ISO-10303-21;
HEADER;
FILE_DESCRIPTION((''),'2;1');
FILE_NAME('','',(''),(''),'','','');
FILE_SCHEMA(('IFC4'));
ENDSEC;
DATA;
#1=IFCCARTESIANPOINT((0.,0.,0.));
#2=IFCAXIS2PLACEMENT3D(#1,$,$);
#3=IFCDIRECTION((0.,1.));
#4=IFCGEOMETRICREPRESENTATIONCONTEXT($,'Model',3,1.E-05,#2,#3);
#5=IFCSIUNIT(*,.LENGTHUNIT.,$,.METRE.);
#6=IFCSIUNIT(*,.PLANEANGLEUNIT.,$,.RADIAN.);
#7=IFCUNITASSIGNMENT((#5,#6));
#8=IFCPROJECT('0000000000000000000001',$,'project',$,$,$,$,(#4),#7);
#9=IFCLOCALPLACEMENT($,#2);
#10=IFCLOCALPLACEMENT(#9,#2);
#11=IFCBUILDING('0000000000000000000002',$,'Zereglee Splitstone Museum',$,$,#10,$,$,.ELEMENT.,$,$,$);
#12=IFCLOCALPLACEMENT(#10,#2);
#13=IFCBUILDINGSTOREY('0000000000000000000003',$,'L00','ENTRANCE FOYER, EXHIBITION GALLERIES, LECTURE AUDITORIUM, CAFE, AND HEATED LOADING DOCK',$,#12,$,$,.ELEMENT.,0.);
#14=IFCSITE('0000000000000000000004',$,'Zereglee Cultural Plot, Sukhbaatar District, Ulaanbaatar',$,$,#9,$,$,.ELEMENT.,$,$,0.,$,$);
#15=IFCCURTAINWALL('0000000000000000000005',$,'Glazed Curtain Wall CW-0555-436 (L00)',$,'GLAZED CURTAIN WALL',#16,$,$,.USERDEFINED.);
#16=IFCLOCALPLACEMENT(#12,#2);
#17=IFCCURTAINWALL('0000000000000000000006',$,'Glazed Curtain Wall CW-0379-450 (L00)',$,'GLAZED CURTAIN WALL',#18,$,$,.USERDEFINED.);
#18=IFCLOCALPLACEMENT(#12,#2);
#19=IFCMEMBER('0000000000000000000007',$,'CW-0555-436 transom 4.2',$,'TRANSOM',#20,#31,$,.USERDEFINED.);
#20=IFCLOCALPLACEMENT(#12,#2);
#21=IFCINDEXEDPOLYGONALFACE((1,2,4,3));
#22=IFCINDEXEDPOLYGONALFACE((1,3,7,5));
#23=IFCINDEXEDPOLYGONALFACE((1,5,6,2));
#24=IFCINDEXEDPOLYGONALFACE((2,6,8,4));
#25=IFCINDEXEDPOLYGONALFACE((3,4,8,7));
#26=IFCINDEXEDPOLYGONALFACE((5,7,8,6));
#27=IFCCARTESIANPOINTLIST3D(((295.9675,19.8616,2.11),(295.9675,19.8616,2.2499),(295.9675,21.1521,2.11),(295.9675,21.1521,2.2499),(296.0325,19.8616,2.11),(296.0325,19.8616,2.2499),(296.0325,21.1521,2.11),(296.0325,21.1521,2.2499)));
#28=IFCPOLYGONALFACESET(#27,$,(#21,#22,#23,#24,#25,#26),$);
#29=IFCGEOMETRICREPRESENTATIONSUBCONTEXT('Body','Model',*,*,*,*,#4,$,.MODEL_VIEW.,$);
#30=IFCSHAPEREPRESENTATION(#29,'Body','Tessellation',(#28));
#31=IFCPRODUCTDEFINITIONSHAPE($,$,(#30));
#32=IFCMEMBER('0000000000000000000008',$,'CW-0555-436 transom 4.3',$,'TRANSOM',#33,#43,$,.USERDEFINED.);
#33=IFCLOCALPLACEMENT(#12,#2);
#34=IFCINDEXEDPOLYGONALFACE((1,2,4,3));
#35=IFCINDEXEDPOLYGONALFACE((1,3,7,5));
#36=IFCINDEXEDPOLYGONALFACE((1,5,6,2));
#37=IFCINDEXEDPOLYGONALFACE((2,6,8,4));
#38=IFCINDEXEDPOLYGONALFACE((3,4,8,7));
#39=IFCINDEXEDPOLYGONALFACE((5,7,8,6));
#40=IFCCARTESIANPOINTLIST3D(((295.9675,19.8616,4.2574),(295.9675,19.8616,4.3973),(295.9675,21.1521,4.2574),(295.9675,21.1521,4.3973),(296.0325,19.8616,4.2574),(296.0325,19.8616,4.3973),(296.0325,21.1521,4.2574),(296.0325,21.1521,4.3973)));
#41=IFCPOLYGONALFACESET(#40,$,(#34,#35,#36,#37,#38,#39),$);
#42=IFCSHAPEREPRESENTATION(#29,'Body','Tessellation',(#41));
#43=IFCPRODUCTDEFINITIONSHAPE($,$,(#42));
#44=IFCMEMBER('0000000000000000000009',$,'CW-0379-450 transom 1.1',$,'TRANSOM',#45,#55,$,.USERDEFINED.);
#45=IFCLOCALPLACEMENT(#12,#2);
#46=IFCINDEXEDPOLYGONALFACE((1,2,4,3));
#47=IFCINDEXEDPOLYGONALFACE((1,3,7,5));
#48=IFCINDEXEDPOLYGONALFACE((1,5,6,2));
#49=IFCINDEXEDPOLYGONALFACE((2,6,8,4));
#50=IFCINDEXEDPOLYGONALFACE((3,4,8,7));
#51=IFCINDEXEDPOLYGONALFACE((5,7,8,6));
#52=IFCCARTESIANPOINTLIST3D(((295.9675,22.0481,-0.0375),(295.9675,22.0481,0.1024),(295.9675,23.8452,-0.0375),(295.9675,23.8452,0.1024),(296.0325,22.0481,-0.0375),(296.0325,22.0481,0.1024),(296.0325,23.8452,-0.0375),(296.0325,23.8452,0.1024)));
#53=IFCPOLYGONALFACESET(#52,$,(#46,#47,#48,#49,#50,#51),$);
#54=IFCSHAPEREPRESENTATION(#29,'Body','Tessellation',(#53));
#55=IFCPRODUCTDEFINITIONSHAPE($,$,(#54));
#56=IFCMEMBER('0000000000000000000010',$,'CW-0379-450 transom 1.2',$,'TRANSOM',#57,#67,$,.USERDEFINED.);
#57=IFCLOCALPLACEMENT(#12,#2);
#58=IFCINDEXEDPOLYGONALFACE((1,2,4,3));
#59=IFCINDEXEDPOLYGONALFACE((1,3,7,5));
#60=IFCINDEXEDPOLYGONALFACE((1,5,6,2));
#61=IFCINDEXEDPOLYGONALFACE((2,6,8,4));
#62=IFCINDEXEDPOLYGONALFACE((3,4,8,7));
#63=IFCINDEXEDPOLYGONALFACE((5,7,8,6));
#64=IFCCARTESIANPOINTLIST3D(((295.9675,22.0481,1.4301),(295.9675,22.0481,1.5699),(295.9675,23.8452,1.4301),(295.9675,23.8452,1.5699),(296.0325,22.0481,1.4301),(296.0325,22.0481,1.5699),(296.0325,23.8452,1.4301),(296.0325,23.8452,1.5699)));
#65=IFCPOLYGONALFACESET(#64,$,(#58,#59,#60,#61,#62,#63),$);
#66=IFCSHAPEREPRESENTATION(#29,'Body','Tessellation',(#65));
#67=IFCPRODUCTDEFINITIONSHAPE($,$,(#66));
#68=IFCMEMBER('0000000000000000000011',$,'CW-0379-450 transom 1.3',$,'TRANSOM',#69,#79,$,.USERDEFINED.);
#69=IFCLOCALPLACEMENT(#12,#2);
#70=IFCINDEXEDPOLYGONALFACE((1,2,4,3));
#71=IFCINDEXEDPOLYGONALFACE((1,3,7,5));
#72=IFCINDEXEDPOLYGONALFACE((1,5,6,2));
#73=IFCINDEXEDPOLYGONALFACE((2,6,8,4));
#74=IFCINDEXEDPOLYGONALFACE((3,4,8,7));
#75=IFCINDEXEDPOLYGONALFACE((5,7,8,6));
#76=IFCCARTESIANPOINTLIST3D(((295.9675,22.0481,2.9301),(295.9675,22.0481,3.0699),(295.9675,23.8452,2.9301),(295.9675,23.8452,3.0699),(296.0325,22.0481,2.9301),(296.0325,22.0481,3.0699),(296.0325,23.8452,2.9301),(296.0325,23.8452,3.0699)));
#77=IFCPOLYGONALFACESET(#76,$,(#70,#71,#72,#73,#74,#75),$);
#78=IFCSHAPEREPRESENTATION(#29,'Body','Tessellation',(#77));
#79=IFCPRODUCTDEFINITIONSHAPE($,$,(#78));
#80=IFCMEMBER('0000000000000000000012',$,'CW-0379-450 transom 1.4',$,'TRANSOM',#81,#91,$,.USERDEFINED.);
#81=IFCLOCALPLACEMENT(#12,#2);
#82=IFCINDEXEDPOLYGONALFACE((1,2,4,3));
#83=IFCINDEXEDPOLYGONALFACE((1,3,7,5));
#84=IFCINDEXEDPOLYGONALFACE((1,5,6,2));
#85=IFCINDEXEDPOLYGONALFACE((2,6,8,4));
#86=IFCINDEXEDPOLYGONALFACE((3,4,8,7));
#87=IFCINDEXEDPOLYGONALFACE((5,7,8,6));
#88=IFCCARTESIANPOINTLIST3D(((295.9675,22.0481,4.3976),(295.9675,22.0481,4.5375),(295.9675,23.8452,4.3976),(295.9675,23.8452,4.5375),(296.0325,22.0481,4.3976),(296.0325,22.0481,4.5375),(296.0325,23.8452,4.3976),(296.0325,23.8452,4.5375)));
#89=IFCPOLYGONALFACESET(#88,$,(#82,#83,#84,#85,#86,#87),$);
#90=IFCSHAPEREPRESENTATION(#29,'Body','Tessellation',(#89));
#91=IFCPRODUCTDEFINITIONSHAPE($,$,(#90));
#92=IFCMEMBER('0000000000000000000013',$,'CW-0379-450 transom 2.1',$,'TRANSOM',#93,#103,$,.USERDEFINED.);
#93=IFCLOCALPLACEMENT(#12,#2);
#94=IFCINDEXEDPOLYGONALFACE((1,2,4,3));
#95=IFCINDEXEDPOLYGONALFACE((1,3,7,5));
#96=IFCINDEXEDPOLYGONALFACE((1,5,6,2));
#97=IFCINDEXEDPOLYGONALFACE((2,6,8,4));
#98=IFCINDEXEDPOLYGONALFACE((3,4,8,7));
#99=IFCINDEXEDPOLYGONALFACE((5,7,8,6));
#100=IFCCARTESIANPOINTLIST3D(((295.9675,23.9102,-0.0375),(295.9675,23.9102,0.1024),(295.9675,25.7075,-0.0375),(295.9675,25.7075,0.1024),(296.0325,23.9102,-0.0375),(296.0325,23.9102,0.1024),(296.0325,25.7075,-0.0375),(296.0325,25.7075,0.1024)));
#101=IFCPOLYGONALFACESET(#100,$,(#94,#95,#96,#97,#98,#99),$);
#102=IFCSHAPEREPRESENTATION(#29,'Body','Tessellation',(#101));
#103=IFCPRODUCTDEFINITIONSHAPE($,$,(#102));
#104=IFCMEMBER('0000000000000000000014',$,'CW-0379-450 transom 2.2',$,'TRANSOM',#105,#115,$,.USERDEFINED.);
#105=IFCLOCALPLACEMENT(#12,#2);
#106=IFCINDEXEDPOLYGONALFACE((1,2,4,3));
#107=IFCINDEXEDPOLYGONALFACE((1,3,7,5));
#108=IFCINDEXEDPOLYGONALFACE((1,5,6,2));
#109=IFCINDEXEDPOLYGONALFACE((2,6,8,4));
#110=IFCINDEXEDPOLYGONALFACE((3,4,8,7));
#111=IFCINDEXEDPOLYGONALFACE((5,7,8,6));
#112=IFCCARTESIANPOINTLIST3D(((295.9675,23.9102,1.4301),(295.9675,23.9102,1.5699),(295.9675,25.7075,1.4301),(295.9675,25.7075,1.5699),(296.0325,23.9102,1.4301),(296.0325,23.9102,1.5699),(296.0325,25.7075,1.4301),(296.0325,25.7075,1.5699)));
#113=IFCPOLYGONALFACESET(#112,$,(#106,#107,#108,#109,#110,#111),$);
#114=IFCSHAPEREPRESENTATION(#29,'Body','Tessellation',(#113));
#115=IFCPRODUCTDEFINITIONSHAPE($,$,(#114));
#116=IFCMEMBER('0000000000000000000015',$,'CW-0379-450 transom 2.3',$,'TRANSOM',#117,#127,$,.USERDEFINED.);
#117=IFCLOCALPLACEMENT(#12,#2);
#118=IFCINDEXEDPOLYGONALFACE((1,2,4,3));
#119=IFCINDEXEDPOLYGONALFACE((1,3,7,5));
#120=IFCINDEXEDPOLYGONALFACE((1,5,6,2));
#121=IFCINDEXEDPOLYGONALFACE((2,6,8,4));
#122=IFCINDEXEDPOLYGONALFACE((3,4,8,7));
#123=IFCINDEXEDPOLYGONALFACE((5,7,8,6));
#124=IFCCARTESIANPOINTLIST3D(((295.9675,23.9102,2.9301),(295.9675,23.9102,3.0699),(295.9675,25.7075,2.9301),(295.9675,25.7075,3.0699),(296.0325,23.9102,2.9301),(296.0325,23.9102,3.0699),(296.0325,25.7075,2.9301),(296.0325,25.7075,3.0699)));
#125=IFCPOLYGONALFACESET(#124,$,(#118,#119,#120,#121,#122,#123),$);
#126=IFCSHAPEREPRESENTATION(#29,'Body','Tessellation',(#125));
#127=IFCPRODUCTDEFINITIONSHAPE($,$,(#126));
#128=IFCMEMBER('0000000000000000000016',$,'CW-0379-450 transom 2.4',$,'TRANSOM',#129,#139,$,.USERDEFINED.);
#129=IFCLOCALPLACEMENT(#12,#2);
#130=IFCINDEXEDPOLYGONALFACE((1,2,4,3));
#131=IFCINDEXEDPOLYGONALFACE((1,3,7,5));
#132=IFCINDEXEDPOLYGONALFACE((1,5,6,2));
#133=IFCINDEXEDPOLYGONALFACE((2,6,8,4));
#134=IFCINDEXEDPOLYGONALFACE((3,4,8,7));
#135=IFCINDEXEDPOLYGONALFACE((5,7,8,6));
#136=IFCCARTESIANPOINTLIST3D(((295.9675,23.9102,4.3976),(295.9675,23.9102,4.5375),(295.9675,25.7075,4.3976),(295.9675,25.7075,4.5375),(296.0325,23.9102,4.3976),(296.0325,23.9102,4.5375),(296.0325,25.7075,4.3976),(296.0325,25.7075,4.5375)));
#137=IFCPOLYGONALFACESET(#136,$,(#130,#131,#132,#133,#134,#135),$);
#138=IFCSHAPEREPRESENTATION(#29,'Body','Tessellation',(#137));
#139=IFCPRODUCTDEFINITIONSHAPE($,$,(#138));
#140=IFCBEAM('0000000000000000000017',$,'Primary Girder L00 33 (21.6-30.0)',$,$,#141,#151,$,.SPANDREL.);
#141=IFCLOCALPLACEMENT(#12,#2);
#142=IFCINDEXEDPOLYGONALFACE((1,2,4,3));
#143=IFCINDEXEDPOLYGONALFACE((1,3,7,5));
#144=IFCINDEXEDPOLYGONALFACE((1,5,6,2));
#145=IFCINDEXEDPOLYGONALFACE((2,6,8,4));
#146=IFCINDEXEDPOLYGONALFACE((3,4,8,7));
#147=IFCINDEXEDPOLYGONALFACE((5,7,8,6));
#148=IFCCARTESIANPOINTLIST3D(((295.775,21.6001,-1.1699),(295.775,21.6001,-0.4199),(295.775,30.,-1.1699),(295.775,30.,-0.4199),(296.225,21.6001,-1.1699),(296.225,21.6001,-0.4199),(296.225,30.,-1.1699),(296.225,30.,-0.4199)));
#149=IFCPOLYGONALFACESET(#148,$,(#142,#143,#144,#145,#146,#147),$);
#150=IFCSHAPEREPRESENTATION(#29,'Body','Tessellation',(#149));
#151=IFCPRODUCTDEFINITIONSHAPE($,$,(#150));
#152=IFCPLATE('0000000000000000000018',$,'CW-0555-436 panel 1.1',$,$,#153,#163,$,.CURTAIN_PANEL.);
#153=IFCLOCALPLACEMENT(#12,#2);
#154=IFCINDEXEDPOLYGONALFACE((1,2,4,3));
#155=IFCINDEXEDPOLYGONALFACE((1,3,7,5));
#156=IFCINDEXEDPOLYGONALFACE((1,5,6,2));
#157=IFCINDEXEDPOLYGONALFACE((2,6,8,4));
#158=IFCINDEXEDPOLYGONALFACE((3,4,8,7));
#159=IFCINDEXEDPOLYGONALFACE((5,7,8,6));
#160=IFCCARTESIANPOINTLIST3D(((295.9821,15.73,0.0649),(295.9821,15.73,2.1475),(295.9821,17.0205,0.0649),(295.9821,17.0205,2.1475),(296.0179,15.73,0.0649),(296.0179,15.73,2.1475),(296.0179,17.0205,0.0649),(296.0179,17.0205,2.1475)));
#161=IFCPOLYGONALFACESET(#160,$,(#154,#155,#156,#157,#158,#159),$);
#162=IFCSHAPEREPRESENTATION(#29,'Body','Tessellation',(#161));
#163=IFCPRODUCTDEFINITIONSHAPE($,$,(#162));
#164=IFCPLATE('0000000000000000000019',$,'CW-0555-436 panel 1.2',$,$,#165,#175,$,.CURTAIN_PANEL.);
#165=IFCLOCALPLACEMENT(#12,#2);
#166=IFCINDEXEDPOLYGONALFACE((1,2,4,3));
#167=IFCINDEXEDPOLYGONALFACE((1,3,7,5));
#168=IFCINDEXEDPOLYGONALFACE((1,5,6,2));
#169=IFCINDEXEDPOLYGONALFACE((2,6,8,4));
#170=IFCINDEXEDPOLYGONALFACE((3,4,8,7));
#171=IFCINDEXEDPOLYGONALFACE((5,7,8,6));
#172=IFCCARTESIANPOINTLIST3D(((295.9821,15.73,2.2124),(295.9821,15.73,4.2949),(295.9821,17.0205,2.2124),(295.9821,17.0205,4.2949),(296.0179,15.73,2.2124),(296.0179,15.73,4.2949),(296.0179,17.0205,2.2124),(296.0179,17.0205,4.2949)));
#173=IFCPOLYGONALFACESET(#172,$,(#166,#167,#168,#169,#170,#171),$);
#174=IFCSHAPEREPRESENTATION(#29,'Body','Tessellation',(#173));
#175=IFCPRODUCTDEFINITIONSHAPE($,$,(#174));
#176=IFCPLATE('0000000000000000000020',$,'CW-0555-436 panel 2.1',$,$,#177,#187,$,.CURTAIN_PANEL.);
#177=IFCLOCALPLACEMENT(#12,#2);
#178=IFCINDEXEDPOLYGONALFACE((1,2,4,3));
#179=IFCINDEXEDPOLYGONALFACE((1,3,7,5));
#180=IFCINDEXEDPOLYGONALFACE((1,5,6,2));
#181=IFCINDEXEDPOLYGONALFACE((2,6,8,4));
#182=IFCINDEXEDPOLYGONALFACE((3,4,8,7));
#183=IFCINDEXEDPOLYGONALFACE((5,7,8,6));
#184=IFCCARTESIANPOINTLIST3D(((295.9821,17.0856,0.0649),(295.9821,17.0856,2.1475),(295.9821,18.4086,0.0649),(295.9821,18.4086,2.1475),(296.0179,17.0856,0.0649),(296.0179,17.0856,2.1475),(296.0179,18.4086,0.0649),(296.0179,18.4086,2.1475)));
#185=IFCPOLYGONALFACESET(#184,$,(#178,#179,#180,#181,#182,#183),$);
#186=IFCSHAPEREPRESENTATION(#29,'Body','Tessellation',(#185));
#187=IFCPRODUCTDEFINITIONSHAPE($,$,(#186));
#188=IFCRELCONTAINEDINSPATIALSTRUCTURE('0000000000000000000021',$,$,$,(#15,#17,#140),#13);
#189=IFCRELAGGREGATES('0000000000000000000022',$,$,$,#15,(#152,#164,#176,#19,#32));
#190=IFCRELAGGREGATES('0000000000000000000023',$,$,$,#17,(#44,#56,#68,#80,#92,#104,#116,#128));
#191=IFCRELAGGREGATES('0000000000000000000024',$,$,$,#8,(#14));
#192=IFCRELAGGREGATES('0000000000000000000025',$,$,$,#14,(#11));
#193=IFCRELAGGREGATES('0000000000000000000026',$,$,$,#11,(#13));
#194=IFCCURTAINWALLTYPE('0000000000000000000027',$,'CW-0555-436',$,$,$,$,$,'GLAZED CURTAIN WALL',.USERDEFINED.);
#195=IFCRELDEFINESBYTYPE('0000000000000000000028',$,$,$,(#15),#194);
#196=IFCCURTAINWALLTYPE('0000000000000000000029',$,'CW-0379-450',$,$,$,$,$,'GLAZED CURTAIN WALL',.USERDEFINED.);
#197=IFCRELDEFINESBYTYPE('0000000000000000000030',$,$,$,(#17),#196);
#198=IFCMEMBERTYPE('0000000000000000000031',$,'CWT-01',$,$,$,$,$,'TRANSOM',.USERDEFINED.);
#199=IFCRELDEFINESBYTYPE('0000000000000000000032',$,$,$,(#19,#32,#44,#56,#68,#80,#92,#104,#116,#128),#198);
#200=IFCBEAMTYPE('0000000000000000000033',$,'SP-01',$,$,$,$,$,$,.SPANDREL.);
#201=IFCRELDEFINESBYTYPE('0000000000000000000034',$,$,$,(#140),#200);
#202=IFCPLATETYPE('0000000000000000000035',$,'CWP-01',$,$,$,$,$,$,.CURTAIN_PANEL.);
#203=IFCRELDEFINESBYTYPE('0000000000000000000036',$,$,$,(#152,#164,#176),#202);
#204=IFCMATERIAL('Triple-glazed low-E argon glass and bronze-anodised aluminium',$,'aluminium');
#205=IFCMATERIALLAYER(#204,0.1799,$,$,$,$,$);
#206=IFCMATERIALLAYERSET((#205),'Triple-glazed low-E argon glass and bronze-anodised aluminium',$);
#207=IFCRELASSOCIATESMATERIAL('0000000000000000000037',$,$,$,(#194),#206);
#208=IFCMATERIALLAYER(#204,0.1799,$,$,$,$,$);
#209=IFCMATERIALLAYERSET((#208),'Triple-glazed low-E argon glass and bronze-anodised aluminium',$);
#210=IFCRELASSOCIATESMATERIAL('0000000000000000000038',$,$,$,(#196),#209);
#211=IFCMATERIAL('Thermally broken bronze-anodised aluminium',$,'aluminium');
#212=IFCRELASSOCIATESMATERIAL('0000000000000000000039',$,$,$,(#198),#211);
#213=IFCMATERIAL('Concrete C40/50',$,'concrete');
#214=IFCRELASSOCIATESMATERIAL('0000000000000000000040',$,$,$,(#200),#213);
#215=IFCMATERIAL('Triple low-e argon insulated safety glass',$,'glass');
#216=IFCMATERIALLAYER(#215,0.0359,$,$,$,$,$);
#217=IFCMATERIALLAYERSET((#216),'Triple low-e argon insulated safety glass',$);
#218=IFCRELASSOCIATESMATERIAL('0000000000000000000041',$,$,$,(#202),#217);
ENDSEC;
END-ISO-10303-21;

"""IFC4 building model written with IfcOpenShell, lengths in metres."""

from ifc_helpers import new_model, si_unit, direction, frame, origin, origin_2d, place, context, subcontext, project, spatial, rectangle, extrude, material, layer, layer_set, material_profile, profile_set, type_object, element, aggregate, save


model = new_model("IFC4")

# Units and contexts
model_context = context("Model", 3, precision=1e-05, world=origin(), true_north=direction((0.0, 1.0)))
body_context = subcontext(model_context, "Body", "Model", "MODEL_VIEW")
ifc_project = project(units=[si_unit("LENGTHUNIT", "METRE"), si_unit("PLANEANGLEUNIT", "RADIAN")], contexts=[model_context])

# Site, building, storey
site_placement = place(None, origin())
site = spatial("IfcSite", under=ifc_project, at=site_placement, Name="Zereglee Cultural Plot, Sukhbaatar District, Ulaanbaatar", CompositionType="ELEMENT", RefElevation=0.0)
building_placement = place(site_placement, origin())
building = spatial("IfcBuilding", under=site, at=building_placement, Name="Zereglee Splitstone Museum", CompositionType="ELEMENT")
storey_placement = place(building_placement, origin())
storey = spatial("IfcBuildingStorey", under=building, at=storey_placement, Name="L00", Description="ENTRANCE FOYER, EXHIBITION GALLERIES, LECTURE AUDITORIUM, CAFE, AND HEATED LOADING DOCK", CompositionType="ELEMENT", Elevation=0.0)

# Curtain walls
ifc_material_1 = material(Name="Triple-glazed low-E argon glass and bronze-anodised aluminium", Category="aluminium")
ifc_layer_1 = layer(ifc_material_1, 0.1799)
ifc_layer_set_1 = layer_set([ifc_layer_1], Name="Triple-glazed low-E argon glass and bronze-anodised aluminium")
curtain_wall_type_1 = type_object("IfcCurtainWallType", Name="CW-0555-436", ElementType="GLAZED CURTAIN WALL", PredefinedType="USERDEFINED", material=ifc_layer_set_1)
curtain_wall_1_placement = place(storey_placement, origin())
curtain_wall_1 = element("IfcCurtainWall", 1, at=curtain_wall_1_placement, inside=storey, type_object=curtain_wall_type_1, Name="Glazed Curtain Wall CW-0555-436 (L00)", ObjectType="GLAZED CURTAIN WALL", PredefinedType="USERDEFINED")
ifc_material_2 = material(Name="Thermally broken bronze-anodised aluminium", Category="aluminium")
ifc_layer_2 = layer(ifc_material_1, 0.1799)
ifc_layer_set_2 = layer_set([ifc_layer_2], Name="Triple-glazed low-E argon glass and bronze-anodised aluminium")
curtain_wall_type_2 = type_object("IfcCurtainWallType", Name="CW-0379-450", ElementType="GLAZED CURTAIN WALL", PredefinedType="USERDEFINED", material=ifc_layer_set_2)
curtain_wall_2_placement = place(storey_placement, origin())
curtain_wall_2 = element("IfcCurtainWall", 2, at=curtain_wall_2_placement, inside=storey, type_object=curtain_wall_type_2, Name="Glazed Curtain Wall CW-0379-450 (L00)", ObjectType="GLAZED CURTAIN WALL", PredefinedType="USERDEFINED")

# Members
ifc_material_profile_1 = material_profile(ifc_material_2, rectangle(XDim=0.0649, YDim=0.1399, at=origin_2d()), Name="CW TRAN 65x140")
ifc_profile_set_1 = profile_set([ifc_material_profile_1], Name="Thermally broken bronze-anodised aluminium")
member_type_1 = type_object("IfcMemberType", Name="CWT-01", ElementType="TRANSOM", PredefinedType="USERDEFINED", material=ifc_profile_set_1)
member_1_placement = place(storey_placement, frame((296.0, 19.8616, 2.1799), z_axis=(0.0, 1.0, 0.0), x_axis=(-1.0, 0.0, 0.0)))
member_1 = element("IfcMember", 3, at=member_1_placement, type_object=member_type_1, Name="CW-0555-436 transom 4.2", ObjectType="TRANSOM", PredefinedType="USERDEFINED", context=body_context, shape_type="SweptSolid", body=[
    extrude(rectangle(XDim=0.0649, YDim=0.1399, at=origin_2d()), origin(), (0.0, 0.0, 1.0), 1.2905),
])
member_2_placement = place(storey_placement, frame((296.0, 19.8616, 4.3274), z_axis=(0.0, 1.0, 0.0), x_axis=(-1.0, 0.0, 0.0)))
member_2 = element("IfcMember", 4, at=member_2_placement, type_object=member_type_1, Name="CW-0555-436 transom 4.3", ObjectType="TRANSOM", PredefinedType="USERDEFINED", context=body_context, shape_type="SweptSolid", body=[
    extrude(rectangle(XDim=0.0649, YDim=0.1399, at=origin_2d()), origin(), (0.0, 0.0, 1.0), 1.2905),
])
member_3_placement = place(storey_placement, frame((296.0, 22.0481, 0.0325), z_axis=(0.0, 1.0, 0.0), x_axis=(-1.0, 0.0, 0.0)))
member_3 = element("IfcMember", 5, at=member_3_placement, type_object=member_type_1, Name="CW-0379-450 transom 1.1", ObjectType="TRANSOM", PredefinedType="USERDEFINED", context=body_context, shape_type="SweptSolid", body=[
    extrude(rectangle(XDim=0.0649, YDim=0.1399, at=origin_2d()), origin(), (0.0, 0.0, 1.0), 1.7971),
])
member_4_placement = place(storey_placement, frame((296.0, 22.0481, 1.5), z_axis=(0.0, 1.0, 0.0), x_axis=(-1.0, 0.0, 0.0)))
member_4 = element("IfcMember", 6, at=member_4_placement, type_object=member_type_1, Name="CW-0379-450 transom 1.2", ObjectType="TRANSOM", PredefinedType="USERDEFINED", context=body_context, shape_type="SweptSolid", body=[
    extrude(rectangle(XDim=0.0649, YDim=0.1399, at=origin_2d()), origin(), (0.0, 0.0, 1.0), 1.7971),
])
member_5_placement = place(storey_placement, frame((296.0, 22.0481, 3.0), z_axis=(0.0, 1.0, 0.0), x_axis=(-1.0, 0.0, 0.0)))
member_5 = element("IfcMember", 7, at=member_5_placement, type_object=member_type_1, Name="CW-0379-450 transom 1.3", ObjectType="TRANSOM", PredefinedType="USERDEFINED", context=body_context, shape_type="SweptSolid", body=[
    extrude(rectangle(XDim=0.0649, YDim=0.1399, at=origin_2d()), origin(), (0.0, 0.0, 1.0), 1.7971),
])
member_6_placement = place(storey_placement, frame((296.0, 22.0481, 4.4675), z_axis=(0.0, 1.0, 0.0), x_axis=(-1.0, 0.0, 0.0)))
member_6 = element("IfcMember", 8, at=member_6_placement, type_object=member_type_1, Name="CW-0379-450 transom 1.4", ObjectType="TRANSOM", PredefinedType="USERDEFINED", context=body_context, shape_type="SweptSolid", body=[
    extrude(rectangle(XDim=0.0649, YDim=0.1399, at=origin_2d()), origin(), (0.0, 0.0, 1.0), 1.7971),
])
member_7_placement = place(storey_placement, frame((296.0, 23.9102, 0.0325), z_axis=(0.0, 1.0, 0.0), x_axis=(-1.0, 0.0, 0.0)))
member_7 = element("IfcMember", 9, at=member_7_placement, type_object=member_type_1, Name="CW-0379-450 transom 2.1", ObjectType="TRANSOM", PredefinedType="USERDEFINED", context=body_context, shape_type="SweptSolid", body=[
    extrude(rectangle(XDim=0.0649, YDim=0.1399, at=origin_2d()), origin(), (0.0, 0.0, 1.0), 1.7974),
])
member_8_placement = place(storey_placement, frame((296.0, 23.9102, 1.5), z_axis=(0.0, 1.0, 0.0), x_axis=(-1.0, 0.0, 0.0)))
member_8 = element("IfcMember", 10, at=member_8_placement, type_object=member_type_1, Name="CW-0379-450 transom 2.2", ObjectType="TRANSOM", PredefinedType="USERDEFINED", context=body_context, shape_type="SweptSolid", body=[
    extrude(rectangle(XDim=0.0649, YDim=0.1399, at=origin_2d()), origin(), (0.0, 0.0, 1.0), 1.7974),
])
member_9_placement = place(storey_placement, frame((296.0, 23.9102, 3.0), z_axis=(0.0, 1.0, 0.0), x_axis=(-1.0, 0.0, 0.0)))
member_9 = element("IfcMember", 11, at=member_9_placement, type_object=member_type_1, Name="CW-0379-450 transom 2.3", ObjectType="TRANSOM", PredefinedType="USERDEFINED", context=body_context, shape_type="SweptSolid", body=[
    extrude(rectangle(XDim=0.0649, YDim=0.1399, at=origin_2d()), origin(), (0.0, 0.0, 1.0), 1.7974),
])
member_10_placement = place(storey_placement, frame((296.0, 23.9102, 4.4675), z_axis=(0.0, 1.0, 0.0), x_axis=(-1.0, 0.0, 0.0)))
member_10 = element("IfcMember", 12, at=member_10_placement, type_object=member_type_1, Name="CW-0379-450 transom 2.4", ObjectType="TRANSOM", PredefinedType="USERDEFINED", context=body_context, shape_type="SweptSolid", body=[
    extrude(rectangle(XDim=0.0649, YDim=0.1399, at=origin_2d()), origin(), (0.0, 0.0, 1.0), 1.7974),
])

# Beam
ifc_material_3 = material(Name="Concrete C40/50", Category="concrete")
ifc_material_profile_2 = material_profile(ifc_material_3, rectangle(XDim=0.45, YDim=0.75, at=origin_2d()), Name="RC 450x750")
ifc_profile_set_2 = profile_set([ifc_material_profile_2], Name="Concrete C40/50")
beam_type = type_object("IfcBeamType", Name="SP-01", PredefinedType="SPANDREL", material=ifc_profile_set_2)
beam_placement = place(storey_placement, frame((296.0, 21.6001, -0.7949), z_axis=(0.0, 1.0, 0.0), x_axis=(-1.0, 0.0, 0.0)))
element("IfcBeam", 13, at=beam_placement, inside=storey, type_object=beam_type, Name="Primary Girder L00 33 (21.6-30.0)", PredefinedType="SPANDREL", context=body_context, shape_type="SweptSolid", body=[
    extrude(rectangle(XDim=0.45, YDim=0.75, at=origin_2d()), origin(), (0.0, 0.0, 1.0), 8.3999),
])

# Plates
ifc_material_4 = material(Name="Triple low-e argon insulated safety glass", Category="glass")
ifc_layer_3 = layer(ifc_material_4, 0.0359)
ifc_layer_set_3 = layer_set([ifc_layer_3], Name="Triple low-e argon insulated safety glass")
plate_type = type_object("IfcPlateType", Name="CWP-01", PredefinedType="CURTAIN_PANEL", material=ifc_layer_set_3)
plate_1_placement = place(storey_placement, frame((296.0, 16.3752, 0.0649), z_axis=(0.0, 0.0, 1.0), x_axis=(0.0, 1.0, 0.0)))
plate_1 = element("IfcPlate", 14, at=plate_1_placement, type_object=plate_type, Name="CW-0555-436 panel 1.1", PredefinedType="CURTAIN_PANEL", context=body_context, shape_type="SweptSolid", body=[
    extrude(rectangle(XDim=1.2905, YDim=0.0359, at=origin_2d()), origin(), (0.0, 0.0, 1.0), 2.0825),
])
plate_2_placement = place(storey_placement, frame((296.0, 16.3752, 2.2124), z_axis=(0.0, 0.0, 1.0), x_axis=(0.0, 1.0, 0.0)))
plate_2 = element("IfcPlate", 15, at=plate_2_placement, type_object=plate_type, Name="CW-0555-436 panel 1.2", PredefinedType="CURTAIN_PANEL", context=body_context, shape_type="SweptSolid", body=[
    extrude(rectangle(XDim=1.2905, YDim=0.0359, at=origin_2d()), origin(), (0.0, 0.0, 1.0), 2.0825),
])
plate_3_placement = place(storey_placement, frame((296.0, 17.7471, 0.0649), z_axis=(0.0, 0.0, 1.0), x_axis=(0.0, 1.0, 0.0)))
plate_3 = element("IfcPlate", 16, at=plate_3_placement, type_object=plate_type, Name="CW-0555-436 panel 2.1", PredefinedType="CURTAIN_PANEL", context=body_context, shape_type="SweptSolid", body=[
    extrude(rectangle(XDim=1.323, YDim=0.0359, at=origin_2d()), origin(), (0.0, 0.0, 1.0), 2.0825),
])
aggregate(curtain_wall_1, [plate_1, plate_2, plate_3, member_1, member_2])
aggregate(curtain_wall_2, [member_3, member_4, member_5, member_6, member_7, member_8, member_9, member_10])

save(model, "model.ifc")
